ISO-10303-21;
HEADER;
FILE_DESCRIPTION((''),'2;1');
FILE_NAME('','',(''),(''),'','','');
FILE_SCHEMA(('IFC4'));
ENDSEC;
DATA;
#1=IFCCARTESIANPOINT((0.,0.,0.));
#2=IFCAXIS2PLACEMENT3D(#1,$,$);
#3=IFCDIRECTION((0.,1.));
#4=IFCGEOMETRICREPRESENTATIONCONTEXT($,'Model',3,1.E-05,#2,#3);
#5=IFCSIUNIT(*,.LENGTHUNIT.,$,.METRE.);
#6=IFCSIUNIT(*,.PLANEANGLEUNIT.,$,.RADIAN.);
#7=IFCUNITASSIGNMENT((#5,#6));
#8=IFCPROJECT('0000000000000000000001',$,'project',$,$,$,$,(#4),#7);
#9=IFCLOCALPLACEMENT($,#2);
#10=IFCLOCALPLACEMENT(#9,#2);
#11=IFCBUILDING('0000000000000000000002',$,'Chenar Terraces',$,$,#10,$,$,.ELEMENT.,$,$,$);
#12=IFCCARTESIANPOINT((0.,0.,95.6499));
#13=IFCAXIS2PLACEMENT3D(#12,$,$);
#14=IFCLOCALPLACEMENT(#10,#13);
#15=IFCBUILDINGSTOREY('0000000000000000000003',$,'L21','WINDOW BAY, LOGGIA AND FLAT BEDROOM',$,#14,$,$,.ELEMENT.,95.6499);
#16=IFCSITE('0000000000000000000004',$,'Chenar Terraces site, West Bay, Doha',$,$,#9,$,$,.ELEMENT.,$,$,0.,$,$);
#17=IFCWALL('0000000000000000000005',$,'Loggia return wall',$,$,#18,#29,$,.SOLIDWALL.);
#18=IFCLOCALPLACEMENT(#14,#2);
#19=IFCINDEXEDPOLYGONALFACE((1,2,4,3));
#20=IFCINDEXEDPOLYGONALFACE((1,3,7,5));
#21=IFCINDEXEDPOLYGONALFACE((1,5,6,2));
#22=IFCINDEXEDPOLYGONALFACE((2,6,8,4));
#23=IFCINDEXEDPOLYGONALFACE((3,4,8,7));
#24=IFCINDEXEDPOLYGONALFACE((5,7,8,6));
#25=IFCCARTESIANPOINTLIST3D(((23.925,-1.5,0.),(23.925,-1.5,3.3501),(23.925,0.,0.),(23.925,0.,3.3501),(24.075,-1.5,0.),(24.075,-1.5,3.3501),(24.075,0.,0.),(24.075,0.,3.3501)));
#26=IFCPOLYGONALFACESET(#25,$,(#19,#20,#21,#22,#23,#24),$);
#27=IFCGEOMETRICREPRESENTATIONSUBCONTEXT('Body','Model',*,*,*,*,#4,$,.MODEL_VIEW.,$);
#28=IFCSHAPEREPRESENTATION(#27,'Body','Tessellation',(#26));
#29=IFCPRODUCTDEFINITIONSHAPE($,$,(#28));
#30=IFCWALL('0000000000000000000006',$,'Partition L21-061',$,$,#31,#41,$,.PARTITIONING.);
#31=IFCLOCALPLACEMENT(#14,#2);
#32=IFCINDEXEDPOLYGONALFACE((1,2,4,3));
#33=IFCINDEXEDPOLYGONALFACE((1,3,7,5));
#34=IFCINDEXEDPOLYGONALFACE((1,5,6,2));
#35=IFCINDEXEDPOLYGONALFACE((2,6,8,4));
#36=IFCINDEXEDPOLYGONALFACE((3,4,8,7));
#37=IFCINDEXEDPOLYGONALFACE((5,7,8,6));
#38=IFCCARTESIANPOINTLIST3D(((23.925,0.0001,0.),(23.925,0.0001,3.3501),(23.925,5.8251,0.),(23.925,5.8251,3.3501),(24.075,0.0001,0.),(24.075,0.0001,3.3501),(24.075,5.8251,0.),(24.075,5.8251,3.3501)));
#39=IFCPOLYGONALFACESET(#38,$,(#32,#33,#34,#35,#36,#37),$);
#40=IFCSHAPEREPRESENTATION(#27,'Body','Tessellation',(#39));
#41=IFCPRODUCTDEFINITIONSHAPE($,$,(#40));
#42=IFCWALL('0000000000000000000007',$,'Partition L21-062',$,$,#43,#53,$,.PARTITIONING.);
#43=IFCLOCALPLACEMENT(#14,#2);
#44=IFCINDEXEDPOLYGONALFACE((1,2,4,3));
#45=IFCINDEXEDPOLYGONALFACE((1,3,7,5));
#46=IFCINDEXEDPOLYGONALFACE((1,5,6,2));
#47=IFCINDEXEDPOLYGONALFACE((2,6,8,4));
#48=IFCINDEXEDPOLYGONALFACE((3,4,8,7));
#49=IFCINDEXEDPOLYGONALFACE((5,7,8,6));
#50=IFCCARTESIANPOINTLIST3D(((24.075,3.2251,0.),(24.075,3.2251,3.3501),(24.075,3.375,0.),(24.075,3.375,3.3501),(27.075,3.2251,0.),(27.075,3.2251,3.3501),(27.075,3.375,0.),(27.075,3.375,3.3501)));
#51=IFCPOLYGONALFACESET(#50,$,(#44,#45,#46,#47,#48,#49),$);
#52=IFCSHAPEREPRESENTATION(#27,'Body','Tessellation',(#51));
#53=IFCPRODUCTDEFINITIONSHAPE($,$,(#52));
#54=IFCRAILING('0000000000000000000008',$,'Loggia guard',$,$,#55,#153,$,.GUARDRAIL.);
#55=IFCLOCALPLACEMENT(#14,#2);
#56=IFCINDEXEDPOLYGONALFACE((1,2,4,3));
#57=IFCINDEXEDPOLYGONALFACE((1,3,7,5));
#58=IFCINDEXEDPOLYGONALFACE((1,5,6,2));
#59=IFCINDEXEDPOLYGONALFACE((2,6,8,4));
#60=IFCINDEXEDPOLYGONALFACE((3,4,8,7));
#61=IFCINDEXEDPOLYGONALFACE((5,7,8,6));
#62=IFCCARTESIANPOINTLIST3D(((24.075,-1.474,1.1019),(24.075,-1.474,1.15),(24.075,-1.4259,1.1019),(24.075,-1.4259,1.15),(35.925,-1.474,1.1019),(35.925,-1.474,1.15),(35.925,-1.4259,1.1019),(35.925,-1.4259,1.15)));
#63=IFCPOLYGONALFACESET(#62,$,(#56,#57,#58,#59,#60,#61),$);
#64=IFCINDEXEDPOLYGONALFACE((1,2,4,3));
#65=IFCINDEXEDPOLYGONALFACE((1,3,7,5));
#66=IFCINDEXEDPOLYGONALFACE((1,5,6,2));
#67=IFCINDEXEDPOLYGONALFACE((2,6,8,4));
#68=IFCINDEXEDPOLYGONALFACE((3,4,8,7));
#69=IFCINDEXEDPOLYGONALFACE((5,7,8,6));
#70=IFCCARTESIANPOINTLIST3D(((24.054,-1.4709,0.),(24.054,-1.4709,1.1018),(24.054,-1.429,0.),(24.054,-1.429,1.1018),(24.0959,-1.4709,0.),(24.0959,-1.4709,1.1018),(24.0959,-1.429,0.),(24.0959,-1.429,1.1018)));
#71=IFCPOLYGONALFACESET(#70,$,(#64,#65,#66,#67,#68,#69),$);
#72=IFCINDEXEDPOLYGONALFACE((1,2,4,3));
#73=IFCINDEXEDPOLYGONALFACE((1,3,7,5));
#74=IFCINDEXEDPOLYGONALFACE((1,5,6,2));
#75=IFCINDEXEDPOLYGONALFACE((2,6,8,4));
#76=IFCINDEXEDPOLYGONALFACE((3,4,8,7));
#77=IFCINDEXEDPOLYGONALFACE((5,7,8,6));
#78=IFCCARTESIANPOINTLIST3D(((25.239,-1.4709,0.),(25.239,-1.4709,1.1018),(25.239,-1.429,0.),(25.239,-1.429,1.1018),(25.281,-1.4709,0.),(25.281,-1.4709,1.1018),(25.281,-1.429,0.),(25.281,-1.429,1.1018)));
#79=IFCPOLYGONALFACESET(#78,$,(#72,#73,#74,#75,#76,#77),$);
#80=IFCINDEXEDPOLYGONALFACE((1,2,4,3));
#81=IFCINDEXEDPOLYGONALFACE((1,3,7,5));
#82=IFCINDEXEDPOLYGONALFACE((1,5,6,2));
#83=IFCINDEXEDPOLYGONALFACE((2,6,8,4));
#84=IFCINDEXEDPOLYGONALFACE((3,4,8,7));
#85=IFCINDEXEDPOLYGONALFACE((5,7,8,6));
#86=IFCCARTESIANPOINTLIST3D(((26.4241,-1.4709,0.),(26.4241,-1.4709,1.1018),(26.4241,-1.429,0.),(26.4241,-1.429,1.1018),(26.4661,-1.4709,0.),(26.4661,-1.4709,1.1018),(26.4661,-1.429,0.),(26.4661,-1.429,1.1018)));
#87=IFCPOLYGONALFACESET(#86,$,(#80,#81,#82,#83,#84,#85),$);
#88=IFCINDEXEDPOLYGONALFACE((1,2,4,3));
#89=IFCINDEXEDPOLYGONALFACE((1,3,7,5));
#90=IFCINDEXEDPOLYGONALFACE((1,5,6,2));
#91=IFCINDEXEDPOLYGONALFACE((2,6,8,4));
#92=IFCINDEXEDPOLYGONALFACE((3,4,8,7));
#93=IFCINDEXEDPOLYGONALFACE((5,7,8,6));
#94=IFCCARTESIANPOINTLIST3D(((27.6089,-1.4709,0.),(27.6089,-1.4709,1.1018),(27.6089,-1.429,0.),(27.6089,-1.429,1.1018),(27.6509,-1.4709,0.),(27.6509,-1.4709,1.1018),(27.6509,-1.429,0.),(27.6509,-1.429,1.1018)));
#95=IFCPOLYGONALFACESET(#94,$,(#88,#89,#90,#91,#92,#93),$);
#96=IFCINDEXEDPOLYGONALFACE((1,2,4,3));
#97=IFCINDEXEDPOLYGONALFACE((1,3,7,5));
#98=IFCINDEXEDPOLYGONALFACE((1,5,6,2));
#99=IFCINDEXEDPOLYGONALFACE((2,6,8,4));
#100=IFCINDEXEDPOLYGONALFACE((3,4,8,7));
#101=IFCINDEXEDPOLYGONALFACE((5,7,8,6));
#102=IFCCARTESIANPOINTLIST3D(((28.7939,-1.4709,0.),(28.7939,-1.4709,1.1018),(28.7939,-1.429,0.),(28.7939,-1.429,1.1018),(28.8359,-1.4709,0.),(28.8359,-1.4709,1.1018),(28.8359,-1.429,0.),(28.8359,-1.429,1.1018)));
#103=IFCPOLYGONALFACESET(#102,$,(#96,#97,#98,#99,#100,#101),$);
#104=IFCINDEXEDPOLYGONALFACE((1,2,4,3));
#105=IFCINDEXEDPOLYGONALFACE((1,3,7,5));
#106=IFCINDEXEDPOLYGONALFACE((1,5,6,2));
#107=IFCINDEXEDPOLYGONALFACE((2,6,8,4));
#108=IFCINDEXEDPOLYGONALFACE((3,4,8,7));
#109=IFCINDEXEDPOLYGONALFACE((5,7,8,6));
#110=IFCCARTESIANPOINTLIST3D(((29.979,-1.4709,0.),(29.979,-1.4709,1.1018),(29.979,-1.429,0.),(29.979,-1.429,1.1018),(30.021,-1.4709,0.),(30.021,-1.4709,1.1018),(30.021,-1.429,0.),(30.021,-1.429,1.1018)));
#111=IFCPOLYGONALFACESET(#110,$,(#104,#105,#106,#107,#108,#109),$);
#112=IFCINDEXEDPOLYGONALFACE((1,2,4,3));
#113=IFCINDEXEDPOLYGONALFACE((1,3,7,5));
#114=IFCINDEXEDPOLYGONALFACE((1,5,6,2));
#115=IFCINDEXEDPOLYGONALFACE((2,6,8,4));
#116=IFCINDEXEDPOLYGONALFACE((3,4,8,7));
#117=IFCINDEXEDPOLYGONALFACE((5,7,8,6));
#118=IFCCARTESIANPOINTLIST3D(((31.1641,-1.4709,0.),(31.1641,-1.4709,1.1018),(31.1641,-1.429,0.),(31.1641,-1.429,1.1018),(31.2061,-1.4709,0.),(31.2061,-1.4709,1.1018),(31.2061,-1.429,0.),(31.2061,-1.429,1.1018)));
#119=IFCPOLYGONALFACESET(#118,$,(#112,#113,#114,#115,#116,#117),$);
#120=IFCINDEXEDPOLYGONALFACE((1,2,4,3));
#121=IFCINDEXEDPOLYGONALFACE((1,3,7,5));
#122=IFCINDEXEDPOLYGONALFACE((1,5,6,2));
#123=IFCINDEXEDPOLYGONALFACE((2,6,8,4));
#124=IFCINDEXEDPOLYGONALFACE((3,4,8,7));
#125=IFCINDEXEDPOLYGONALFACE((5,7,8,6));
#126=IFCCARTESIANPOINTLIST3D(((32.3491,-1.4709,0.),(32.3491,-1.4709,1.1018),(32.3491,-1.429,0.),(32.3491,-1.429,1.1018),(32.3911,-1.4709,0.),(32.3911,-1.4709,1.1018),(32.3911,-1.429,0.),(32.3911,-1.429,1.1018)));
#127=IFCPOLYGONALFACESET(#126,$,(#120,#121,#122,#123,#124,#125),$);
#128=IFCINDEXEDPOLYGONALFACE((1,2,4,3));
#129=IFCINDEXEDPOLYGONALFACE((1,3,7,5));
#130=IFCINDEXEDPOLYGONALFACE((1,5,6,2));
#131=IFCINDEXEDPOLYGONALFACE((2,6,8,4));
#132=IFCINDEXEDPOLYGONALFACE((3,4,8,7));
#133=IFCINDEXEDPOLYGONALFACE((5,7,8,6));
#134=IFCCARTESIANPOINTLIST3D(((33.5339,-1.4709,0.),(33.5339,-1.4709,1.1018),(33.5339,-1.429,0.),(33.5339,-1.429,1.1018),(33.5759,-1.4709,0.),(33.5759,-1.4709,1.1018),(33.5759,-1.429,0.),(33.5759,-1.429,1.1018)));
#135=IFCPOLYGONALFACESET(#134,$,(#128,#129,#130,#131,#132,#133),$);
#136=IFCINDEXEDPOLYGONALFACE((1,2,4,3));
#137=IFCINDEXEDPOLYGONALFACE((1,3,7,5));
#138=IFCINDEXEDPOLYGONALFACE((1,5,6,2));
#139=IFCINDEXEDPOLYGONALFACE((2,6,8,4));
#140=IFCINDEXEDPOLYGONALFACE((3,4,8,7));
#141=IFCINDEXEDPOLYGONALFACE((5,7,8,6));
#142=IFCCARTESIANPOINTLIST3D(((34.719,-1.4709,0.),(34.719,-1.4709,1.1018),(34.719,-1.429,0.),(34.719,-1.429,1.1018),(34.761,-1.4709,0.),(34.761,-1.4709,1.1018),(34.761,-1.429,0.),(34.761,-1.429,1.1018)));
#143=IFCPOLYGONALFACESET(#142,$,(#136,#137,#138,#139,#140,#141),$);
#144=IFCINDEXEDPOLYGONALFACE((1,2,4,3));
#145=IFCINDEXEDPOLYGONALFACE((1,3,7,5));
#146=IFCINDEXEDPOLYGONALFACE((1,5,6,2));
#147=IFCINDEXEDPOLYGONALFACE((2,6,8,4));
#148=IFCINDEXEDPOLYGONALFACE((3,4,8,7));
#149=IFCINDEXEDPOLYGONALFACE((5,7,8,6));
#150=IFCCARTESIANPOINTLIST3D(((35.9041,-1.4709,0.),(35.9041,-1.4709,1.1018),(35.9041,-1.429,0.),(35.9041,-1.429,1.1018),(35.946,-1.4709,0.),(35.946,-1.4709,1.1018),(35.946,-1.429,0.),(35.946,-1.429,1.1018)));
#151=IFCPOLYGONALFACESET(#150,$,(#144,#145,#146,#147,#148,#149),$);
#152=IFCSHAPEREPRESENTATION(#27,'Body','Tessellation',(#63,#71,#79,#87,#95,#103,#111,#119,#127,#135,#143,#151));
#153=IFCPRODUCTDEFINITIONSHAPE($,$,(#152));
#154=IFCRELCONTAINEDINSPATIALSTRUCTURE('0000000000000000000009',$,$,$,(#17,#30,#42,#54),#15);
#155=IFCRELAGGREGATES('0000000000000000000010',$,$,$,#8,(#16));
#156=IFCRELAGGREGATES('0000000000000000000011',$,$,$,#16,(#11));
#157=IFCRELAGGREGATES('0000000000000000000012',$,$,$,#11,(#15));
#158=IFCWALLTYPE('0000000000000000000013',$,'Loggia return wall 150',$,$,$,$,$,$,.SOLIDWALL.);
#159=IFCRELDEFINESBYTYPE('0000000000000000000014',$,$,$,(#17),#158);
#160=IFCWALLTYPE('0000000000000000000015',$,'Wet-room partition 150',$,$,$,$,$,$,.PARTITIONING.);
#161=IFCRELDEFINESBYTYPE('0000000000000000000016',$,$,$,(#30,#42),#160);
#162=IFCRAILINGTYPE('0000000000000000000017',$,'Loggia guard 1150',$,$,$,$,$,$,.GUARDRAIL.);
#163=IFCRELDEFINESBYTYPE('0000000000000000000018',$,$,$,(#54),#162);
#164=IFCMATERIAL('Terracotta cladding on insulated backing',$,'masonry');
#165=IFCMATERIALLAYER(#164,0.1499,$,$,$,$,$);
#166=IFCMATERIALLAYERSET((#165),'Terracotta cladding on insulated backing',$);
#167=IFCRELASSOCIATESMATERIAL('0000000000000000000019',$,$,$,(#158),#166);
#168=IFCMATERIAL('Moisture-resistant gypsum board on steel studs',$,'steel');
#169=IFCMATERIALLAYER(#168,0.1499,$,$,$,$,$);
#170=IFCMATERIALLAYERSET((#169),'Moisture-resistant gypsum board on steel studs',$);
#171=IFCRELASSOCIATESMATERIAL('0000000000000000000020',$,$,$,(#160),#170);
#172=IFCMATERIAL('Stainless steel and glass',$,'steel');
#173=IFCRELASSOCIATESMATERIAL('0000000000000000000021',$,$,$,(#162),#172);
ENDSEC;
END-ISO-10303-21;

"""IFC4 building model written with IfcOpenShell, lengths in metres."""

from ifc_helpers import new_model, si_unit, direction, frame, frame_2d, origin, origin_2d, place, context, subcontext, project, spatial, rectangle, extrude, material, layer, layer_set, type_object, element, save


model = new_model("IFC4")

# Units and contexts
model_context = context("Model", 3, precision=1e-05, world=origin(), true_north=direction((0.0, 1.0)))
body_context = subcontext(model_context, "Body", "Model", "MODEL_VIEW")
ifc_project = project(units=[si_unit("LENGTHUNIT", "METRE"), si_unit("PLANEANGLEUNIT", "RADIAN")], contexts=[model_context])

# Site, building, storey
site_placement = place(None, origin())
site = spatial("IfcSite", under=ifc_project, at=site_placement, Name="Chenar Terraces site, West Bay, Doha", CompositionType="ELEMENT", RefElevation=0.0)
building_placement = place(site_placement, origin())
building = spatial("IfcBuilding", under=site, at=building_placement, Name="Chenar Terraces", CompositionType="ELEMENT")
storey_placement = place(building_placement, frame((0.0, 0.0, 95.6499)))
storey = spatial("IfcBuildingStorey", under=building, at=storey_placement, Name="L21", Description="WINDOW BAY, LOGGIA AND FLAT BEDROOM", CompositionType="ELEMENT", Elevation=95.6499)

# Walls
ifc_material_1 = material(Name="Terracotta cladding on insulated backing", Category="masonry")
ifc_layer_1 = layer(ifc_material_1, 0.1499)
ifc_layer_set_1 = layer_set([ifc_layer_1], Name="Terracotta cladding on insulated backing")
wall_type_1 = type_object("IfcWallType", Name="Loggia return wall 150", PredefinedType="SOLIDWALL", material=ifc_layer_set_1)
wall_1_placement = place(storey_placement, frame((24.0, -1.5, 0.0), z_axis=(0.0, 0.0, 1.0), x_axis=(0.0, 1.0, 0.0)))
element("IfcWall", 1, at=wall_1_placement, inside=storey, type_object=wall_type_1, Name="Loggia return wall", PredefinedType="SOLIDWALL", context=body_context, shape_type="SweptSolid", body=[
    extrude(rectangle(XDim=1.5, YDim=0.1499, at=frame_2d((0.75, 0.0))), origin(), (0.0, 0.0, 1.0), 3.3501),
])
ifc_material_2 = material(Name="Moisture-resistant gypsum board on steel studs", Category="steel")
ifc_layer_2 = layer(ifc_material_2, 0.1499)
ifc_layer_set_2 = layer_set([ifc_layer_2], Name="Moisture-resistant gypsum board on steel studs")
wall_type_2 = type_object("IfcWallType", Name="Wet-room partition 150", PredefinedType="PARTITIONING", material=ifc_layer_set_2)
wall_2_placement = place(storey_placement, frame((24.0, 0.0, 0.0), z_axis=(0.0, 0.0, 1.0), x_axis=(0.0, 1.0, 0.0)))
element("IfcWall", 2, at=wall_2_placement, inside=storey, type_object=wall_type_2, Name="Partition L21-061", PredefinedType="PARTITIONING", context=body_context, shape_type="SweptSolid", body=[
    extrude(rectangle(XDim=5.825, YDim=0.1499, at=frame_2d((2.9126, 0.0))), origin(), (0.0, 0.0, 1.0), 3.3501),
])
wall_3_placement = place(storey_placement, frame((24.075, 3.3, 0.0), z_axis=(0.0, 0.0, 1.0), x_axis=(1.0, 0.0, 0.0)))
element("IfcWall", 3, at=wall_3_placement, inside=storey, type_object=wall_type_2, Name="Partition L21-062", PredefinedType="PARTITIONING", context=body_context, shape_type="SweptSolid", body=[
    extrude(rectangle(XDim=3.0, YDim=0.1499, at=frame_2d((1.5, 0.0))), origin(), (0.0, 0.0, 1.0), 3.3501),
])

# Railing
ifc_material_3 = material(Name="Stainless steel and glass", Category="steel")
railing_type = type_object("IfcRailingType", Name="Loggia guard 1150", PredefinedType="GUARDRAIL", material=ifc_material_3)
railing_placement = place(storey_placement, frame((24.075, -1.45, 0.0)))
element("IfcRailing", 4, at=railing_placement, inside=storey, type_object=railing_type, Name="Loggia guard", PredefinedType="GUARDRAIL", context=body_context, shape_type="SweptSolid", body=[
    extrude(rectangle(XDim=0.0481, YDim=0.0481, at=origin_2d()), frame((0.0, 0.0, 1.126), z_axis=(1.0, 0.0, 0.0), x_axis=(0.0, 1.0, 0.0)), (0.0, 0.0, 1.0), 11.8501),
    extrude(rectangle(XDim=0.042, YDim=0.042, at=origin_2d()), origin(), (0.0, 0.0, 1.0), 1.1018),
    extrude(rectangle(XDim=0.042, YDim=0.042, at=origin_2d()), frame((1.1851, 0.0, 0.0)), (0.0, 0.0, 1.0), 1.1018),
    extrude(rectangle(XDim=0.042, YDim=0.042, at=origin_2d()), frame((2.3701, 0.0, 0.0)), (0.0, 0.0, 1.0), 1.1018),
    extrude(rectangle(XDim=0.042, YDim=0.042, at=origin_2d()), frame((3.5549, 0.0, 0.0)), (0.0, 0.0, 1.0), 1.1018),
    extrude(rectangle(XDim=0.042, YDim=0.042, at=origin_2d()), frame((4.74, 0.0, 0.0)), (0.0, 0.0, 1.0), 1.1018),
    extrude(rectangle(XDim=0.042, YDim=0.042, at=origin_2d()), frame((5.925, 0.0, 0.0)), (0.0, 0.0, 1.0), 1.1018),
    extrude(rectangle(XDim=0.042, YDim=0.042, at=origin_2d()), frame((7.1101, 0.0, 0.0)), (0.0, 0.0, 1.0), 1.1018),
    extrude(rectangle(XDim=0.042, YDim=0.042, at=origin_2d()), frame((8.2952, 0.0, 0.0)), (0.0, 0.0, 1.0), 1.1018),
    extrude(rectangle(XDim=0.042, YDim=0.042, at=origin_2d()), frame((9.48, 0.0, 0.0)), (0.0, 0.0, 1.0), 1.1018),
    extrude(rectangle(XDim=0.042, YDim=0.042, at=origin_2d()), frame((10.665, 0.0, 0.0)), (0.0, 0.0, 1.0), 1.1018),
    extrude(rectangle(XDim=0.042, YDim=0.042, at=origin_2d()), frame((11.8501, 0.0, 0.0)), (0.0, 0.0, 1.0), 1.1018),
])

save(model, "model.ifc")
